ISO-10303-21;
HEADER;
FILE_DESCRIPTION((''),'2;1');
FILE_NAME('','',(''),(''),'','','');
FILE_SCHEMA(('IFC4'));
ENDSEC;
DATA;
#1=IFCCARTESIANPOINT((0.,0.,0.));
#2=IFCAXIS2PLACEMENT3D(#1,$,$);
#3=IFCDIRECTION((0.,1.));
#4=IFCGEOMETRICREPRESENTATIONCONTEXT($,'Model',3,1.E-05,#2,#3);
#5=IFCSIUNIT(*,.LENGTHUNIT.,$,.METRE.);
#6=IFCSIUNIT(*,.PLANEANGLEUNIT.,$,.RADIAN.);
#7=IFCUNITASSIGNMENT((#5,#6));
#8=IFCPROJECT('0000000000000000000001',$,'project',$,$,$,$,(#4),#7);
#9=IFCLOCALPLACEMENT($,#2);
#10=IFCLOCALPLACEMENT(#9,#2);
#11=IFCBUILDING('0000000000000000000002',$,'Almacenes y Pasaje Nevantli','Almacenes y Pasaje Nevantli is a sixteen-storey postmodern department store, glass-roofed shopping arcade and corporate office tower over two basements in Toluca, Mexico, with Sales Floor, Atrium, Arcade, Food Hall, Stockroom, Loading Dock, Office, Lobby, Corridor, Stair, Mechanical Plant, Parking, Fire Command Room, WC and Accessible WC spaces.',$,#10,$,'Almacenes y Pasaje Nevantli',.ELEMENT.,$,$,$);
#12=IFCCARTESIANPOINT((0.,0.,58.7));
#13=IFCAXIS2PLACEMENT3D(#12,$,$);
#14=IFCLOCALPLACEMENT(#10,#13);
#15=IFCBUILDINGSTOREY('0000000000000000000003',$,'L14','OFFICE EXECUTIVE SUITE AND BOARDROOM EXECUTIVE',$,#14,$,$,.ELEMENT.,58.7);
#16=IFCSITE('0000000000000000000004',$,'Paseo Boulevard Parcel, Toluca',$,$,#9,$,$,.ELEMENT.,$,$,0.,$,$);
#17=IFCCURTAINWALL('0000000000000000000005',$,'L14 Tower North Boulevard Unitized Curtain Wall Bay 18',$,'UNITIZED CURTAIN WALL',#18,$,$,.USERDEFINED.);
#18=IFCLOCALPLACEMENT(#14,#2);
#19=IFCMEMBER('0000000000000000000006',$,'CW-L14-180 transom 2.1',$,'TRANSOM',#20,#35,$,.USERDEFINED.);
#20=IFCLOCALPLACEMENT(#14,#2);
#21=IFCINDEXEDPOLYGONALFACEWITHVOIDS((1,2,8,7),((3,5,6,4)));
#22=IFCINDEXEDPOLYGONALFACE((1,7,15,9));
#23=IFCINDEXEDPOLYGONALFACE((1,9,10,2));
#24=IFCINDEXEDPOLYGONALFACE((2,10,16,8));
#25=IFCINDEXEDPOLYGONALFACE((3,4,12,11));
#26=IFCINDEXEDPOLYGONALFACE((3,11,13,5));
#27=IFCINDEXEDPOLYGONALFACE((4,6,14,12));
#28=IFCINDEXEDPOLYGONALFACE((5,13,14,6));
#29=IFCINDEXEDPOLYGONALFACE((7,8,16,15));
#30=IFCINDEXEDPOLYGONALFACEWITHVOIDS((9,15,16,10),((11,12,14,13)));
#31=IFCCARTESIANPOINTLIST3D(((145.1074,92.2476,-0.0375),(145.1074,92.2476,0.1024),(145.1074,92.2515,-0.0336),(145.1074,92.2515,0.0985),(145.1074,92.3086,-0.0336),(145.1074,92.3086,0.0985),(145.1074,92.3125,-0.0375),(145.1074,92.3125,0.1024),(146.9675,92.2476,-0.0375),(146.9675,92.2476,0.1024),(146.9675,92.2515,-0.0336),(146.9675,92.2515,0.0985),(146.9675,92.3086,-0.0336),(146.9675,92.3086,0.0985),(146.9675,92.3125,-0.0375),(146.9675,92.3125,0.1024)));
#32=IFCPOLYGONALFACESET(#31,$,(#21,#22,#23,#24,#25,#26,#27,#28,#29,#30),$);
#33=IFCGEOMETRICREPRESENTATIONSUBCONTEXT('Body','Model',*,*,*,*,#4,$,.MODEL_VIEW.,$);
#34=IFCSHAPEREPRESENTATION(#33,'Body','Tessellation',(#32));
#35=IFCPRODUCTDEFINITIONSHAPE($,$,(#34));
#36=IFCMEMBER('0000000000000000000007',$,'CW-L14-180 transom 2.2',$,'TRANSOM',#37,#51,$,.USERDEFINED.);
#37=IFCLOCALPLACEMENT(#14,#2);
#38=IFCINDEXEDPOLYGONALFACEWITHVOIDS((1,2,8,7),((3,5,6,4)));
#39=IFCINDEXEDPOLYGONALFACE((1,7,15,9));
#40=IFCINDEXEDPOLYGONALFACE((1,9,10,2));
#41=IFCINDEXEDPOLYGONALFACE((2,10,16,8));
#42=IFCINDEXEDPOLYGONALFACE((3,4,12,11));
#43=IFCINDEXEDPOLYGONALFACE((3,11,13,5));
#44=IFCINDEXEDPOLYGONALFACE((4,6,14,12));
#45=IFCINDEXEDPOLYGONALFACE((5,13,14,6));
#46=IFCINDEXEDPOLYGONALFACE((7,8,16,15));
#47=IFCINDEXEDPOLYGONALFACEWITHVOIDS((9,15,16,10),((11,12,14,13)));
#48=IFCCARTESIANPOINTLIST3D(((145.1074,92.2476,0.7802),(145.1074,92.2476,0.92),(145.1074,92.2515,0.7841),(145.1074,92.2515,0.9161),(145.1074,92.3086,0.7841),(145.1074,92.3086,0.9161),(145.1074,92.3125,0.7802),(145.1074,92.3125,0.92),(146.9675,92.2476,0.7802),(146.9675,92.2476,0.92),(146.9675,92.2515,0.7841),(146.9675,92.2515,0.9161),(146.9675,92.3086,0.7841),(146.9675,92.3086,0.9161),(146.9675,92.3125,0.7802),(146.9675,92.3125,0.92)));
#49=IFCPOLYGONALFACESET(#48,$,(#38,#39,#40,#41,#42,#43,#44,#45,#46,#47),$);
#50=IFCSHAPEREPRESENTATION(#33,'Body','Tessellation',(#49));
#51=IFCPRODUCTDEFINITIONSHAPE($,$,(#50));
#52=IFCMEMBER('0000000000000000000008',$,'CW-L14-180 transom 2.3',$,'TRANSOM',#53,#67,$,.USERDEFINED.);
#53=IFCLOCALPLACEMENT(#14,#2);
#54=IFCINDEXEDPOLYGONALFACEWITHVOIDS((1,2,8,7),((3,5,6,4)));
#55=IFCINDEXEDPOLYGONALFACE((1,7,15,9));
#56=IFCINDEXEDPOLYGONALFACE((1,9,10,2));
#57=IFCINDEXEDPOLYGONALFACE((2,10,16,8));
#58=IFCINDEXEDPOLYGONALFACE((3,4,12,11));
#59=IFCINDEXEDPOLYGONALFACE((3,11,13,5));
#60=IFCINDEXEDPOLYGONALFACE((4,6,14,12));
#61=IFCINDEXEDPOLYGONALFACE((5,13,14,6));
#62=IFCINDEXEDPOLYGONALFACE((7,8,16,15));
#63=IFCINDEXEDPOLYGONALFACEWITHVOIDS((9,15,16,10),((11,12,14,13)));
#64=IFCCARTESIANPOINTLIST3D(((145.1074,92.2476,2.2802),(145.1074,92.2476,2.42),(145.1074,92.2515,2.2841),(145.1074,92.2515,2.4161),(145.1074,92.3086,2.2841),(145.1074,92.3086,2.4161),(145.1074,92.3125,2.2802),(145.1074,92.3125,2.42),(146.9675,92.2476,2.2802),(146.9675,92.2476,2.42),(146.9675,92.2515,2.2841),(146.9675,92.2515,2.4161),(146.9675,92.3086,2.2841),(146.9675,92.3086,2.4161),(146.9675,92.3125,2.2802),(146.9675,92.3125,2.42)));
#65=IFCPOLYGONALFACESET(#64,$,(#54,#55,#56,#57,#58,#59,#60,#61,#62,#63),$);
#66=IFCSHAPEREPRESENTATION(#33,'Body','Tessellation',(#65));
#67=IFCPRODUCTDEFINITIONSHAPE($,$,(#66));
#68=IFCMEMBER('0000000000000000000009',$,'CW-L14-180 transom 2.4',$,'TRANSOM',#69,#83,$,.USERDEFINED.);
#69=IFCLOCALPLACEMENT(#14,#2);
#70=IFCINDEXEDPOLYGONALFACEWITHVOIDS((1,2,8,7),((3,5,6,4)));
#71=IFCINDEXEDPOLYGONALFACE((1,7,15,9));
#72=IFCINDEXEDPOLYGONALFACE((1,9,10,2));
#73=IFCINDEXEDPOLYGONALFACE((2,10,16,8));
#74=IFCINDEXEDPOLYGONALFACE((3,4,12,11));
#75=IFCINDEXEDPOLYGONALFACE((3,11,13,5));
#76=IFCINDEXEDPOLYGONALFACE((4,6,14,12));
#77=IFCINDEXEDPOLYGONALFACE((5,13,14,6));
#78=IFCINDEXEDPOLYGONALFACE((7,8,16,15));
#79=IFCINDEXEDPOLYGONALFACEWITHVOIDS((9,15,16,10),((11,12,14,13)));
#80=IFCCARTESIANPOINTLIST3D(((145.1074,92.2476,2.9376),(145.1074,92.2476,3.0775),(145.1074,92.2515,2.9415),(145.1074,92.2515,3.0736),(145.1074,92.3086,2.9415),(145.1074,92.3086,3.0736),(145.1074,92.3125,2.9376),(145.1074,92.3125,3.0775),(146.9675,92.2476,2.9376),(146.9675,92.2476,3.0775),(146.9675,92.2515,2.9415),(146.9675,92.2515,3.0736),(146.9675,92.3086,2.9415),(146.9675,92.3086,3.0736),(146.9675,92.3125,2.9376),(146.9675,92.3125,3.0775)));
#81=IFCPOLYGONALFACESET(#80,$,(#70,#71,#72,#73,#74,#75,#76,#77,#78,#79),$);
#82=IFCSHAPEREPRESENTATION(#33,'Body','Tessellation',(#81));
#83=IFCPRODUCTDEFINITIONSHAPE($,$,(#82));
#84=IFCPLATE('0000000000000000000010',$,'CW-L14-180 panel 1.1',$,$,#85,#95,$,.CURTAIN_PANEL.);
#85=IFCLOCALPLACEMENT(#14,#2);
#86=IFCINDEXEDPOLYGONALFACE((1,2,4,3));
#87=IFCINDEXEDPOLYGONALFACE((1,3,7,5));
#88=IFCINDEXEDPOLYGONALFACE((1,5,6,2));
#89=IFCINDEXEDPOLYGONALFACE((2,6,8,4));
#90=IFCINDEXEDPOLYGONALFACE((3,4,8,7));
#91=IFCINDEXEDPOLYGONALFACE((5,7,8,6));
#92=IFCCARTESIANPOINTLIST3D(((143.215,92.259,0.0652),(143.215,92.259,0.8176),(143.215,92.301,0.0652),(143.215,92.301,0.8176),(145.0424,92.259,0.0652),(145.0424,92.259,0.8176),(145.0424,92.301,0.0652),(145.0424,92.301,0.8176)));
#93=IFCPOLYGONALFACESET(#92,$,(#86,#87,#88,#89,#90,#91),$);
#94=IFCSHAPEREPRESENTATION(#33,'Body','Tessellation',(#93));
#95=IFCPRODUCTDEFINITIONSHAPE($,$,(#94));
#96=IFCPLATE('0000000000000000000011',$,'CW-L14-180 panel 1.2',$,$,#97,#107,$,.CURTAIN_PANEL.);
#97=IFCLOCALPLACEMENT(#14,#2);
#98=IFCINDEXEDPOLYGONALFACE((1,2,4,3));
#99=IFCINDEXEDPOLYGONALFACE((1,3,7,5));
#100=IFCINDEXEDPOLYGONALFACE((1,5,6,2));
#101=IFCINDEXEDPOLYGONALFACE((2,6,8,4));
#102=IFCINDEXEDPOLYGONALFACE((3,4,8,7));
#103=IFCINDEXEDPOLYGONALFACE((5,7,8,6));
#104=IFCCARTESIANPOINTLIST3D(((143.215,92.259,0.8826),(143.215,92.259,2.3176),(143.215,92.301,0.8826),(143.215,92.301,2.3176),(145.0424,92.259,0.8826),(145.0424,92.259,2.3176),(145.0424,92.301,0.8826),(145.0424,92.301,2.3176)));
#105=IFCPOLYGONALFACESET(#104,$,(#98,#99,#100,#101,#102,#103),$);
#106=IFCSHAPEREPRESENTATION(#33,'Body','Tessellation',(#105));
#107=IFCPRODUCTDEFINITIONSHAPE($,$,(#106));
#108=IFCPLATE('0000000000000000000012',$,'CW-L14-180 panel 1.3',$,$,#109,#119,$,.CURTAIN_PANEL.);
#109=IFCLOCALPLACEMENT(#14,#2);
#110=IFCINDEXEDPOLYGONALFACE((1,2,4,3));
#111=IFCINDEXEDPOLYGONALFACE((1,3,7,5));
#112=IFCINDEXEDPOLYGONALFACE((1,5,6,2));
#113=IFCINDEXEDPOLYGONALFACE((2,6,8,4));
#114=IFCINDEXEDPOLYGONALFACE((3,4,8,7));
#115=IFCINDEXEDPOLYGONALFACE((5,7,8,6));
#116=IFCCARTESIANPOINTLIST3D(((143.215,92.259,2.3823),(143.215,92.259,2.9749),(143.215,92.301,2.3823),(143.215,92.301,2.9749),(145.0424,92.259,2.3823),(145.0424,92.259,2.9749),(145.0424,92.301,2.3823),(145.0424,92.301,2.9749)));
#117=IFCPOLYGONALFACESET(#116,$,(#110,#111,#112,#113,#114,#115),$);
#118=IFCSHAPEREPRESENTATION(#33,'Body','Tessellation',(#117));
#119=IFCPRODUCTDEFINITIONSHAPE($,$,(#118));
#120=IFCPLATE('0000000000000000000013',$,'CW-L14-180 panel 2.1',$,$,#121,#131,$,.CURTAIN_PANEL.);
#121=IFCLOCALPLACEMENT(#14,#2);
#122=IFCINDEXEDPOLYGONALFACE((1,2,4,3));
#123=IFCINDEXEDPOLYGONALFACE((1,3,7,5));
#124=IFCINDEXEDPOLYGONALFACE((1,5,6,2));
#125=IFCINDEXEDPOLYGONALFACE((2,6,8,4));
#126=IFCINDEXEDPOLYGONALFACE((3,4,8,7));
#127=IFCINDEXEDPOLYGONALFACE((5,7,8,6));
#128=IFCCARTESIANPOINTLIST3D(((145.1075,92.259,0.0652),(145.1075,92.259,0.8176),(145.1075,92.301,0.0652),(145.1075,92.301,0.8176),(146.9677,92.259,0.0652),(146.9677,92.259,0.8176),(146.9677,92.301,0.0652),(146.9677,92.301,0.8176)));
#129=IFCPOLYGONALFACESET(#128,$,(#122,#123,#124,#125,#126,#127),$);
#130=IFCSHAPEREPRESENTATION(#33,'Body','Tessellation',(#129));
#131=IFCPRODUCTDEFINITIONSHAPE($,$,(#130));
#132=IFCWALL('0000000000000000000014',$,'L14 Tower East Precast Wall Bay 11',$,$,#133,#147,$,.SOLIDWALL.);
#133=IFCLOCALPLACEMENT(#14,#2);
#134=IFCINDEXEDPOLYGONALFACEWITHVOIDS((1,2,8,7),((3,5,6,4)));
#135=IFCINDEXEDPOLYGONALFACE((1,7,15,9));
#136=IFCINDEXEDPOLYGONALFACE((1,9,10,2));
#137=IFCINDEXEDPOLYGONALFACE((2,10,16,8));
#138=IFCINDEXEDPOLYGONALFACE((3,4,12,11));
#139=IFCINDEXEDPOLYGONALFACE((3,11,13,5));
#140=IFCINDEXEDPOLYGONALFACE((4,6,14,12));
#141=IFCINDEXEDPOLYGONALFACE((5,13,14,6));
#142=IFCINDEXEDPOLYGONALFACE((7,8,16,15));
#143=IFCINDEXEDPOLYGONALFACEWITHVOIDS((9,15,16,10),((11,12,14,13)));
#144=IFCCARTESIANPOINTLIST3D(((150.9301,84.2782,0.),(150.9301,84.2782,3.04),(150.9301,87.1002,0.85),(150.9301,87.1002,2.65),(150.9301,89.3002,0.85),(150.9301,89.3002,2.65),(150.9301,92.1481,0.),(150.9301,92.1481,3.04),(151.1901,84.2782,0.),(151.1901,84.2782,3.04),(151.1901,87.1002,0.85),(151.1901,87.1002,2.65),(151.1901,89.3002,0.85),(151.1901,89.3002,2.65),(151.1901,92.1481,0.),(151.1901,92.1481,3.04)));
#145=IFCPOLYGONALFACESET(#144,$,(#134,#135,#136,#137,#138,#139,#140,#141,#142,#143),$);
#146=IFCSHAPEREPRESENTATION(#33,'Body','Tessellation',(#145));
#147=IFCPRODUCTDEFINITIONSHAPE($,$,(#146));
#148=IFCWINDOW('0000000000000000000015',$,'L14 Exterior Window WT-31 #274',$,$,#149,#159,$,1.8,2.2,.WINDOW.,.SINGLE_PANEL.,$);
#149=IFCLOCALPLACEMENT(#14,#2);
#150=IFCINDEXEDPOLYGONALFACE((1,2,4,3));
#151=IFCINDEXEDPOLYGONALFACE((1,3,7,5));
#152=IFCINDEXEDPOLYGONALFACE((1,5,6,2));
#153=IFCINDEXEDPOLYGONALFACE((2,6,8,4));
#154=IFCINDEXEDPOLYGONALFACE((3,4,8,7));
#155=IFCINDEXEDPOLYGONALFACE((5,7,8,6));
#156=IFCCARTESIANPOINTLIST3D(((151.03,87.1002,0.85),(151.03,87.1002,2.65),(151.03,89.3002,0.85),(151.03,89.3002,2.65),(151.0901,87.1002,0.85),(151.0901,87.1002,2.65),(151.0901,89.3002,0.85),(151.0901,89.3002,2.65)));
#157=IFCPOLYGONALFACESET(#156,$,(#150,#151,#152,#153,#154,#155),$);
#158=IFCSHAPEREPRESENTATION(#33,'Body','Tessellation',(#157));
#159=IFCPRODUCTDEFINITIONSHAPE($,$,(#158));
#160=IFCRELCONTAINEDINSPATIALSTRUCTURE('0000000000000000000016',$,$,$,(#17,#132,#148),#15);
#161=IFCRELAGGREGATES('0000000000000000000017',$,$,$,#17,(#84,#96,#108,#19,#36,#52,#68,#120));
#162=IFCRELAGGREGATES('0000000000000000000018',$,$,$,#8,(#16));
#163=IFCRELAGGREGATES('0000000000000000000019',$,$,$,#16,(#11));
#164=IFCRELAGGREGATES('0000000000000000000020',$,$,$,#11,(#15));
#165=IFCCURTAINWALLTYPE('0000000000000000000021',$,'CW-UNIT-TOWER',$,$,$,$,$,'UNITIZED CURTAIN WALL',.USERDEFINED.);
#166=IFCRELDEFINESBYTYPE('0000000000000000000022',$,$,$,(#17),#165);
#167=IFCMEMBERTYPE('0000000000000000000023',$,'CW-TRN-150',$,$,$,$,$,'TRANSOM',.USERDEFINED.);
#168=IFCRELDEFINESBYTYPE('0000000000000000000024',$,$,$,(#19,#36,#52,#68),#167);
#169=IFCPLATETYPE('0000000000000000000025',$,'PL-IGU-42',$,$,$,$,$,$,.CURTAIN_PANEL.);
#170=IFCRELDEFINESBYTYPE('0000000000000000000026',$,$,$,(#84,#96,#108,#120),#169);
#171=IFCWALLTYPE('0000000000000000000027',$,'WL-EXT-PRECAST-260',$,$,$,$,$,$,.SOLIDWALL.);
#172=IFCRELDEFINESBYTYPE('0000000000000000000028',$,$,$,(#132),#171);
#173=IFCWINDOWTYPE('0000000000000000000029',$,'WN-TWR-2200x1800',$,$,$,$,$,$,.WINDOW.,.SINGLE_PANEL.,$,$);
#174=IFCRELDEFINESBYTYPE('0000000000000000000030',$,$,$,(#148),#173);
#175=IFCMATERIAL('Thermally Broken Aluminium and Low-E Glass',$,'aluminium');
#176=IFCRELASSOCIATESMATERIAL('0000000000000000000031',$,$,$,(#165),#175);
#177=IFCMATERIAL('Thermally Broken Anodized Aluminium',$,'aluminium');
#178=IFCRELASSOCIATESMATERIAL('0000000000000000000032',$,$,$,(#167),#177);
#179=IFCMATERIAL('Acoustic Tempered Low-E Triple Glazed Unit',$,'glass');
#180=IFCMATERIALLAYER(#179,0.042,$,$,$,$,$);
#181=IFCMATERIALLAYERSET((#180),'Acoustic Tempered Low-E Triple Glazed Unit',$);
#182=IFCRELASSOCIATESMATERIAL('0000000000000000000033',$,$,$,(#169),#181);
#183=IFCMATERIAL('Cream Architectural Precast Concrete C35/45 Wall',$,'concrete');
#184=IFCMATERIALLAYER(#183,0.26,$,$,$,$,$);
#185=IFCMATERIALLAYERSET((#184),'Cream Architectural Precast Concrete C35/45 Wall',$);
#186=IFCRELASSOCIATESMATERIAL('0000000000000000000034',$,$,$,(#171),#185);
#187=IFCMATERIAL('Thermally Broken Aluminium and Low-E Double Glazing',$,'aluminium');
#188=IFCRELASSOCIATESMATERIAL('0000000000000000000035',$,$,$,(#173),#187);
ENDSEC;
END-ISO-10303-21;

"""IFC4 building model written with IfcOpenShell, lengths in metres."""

from ifc_helpers import new_model, si_unit, direction, frame, frame_2d, origin, origin_2d, place, context, subcontext, project, spatial, rectangle, hollow_rectangle, extrude, material, layer, layer_set, material_profile, profile_set, type_object, element, fill, aggregate, save


model = new_model("IFC4")

# Units and contexts
model_context = context("Model", 3, precision=1e-05, world=origin(), true_north=direction((0.0, 1.0)))
body_context = subcontext(model_context, "Body", "Model", "MODEL_VIEW")
ifc_project = project(units=[si_unit("LENGTHUNIT", "METRE"), si_unit("PLANEANGLEUNIT", "RADIAN")], contexts=[model_context])

# Site, building, storey
site_placement = place(None, origin())
site = spatial("IfcSite", under=ifc_project, at=site_placement, Name="Paseo Boulevard Parcel, Toluca", CompositionType="ELEMENT", RefElevation=0.0)
building_placement = place(site_placement, origin())
building = spatial("IfcBuilding", under=site, at=building_placement, Name="Almacenes y Pasaje Nevantli", Description="Almacenes y Pasaje Nevantli is a sixteen-storey postmodern department store, glass-roofed shopping arcade and corporate office tower over two basements in Toluca, Mexico, with Sales Floor, Atrium, Arcade, Food Hall, Stockroom, Loading Dock, Office, Lobby, Corridor, Stair, Mechanical Plant, Parking, Fire Command Room, WC and Accessible WC spaces.", LongName="Almacenes y Pasaje Nevantli", CompositionType="ELEMENT")
storey_placement = place(building_placement, frame((0.0, 0.0, 58.7)))
storey = spatial("IfcBuildingStorey", under=building, at=storey_placement, Name="L14", Description="OFFICE EXECUTIVE SUITE AND BOARDROOM EXECUTIVE", CompositionType="ELEMENT", Elevation=58.7)

# Curtain wall, members, plates
ifc_material_1 = material(Name="Thermally Broken Aluminium and Low-E Glass", Category="aluminium")
curtain_wall_type = type_object("IfcCurtainWallType", Name="CW-UNIT-TOWER", ElementType="UNITIZED CURTAIN WALL", PredefinedType="USERDEFINED", material=ifc_material_1)
curtain_wall_placement = place(storey_placement, origin())
curtain_wall = element("IfcCurtainWall", 1, at=curtain_wall_placement, inside=storey, type_object=curtain_wall_type, Name="L14 Tower North Boulevard Unitized Curtain Wall Bay 18", ObjectType="UNITIZED CURTAIN WALL", PredefinedType="USERDEFINED")
ifc_material_2 = material(Name="Thermally Broken Anodized Aluminium", Category="aluminium")
ifc_material_profile_1 = material_profile(ifc_material_2, hollow_rectangle(XDim=0.0649, YDim=0.1399, WallThickness=0.0039, at=origin_2d()), Name="ALU-TRN-65x140")
ifc_profile_set_1 = profile_set([ifc_material_profile_1], Name="Thermally Broken Anodized Aluminium")
member_type_1 = type_object("IfcMemberType", Name="CW-TRN-150", ElementType="TRANSOM", PredefinedType="USERDEFINED", material=ifc_profile_set_1)
member_1_placement = place(storey_placement, frame((145.1074, 92.28, 0.0325), z_axis=(1.0, 0.0, 0.0), x_axis=(0.0, 1.0, 0.0)))
member_1 = element("IfcMember", 2, at=member_1_placement, type_object=member_type_1, Name="CW-L14-180 transom 2.1", ObjectType="TRANSOM", PredefinedType="USERDEFINED", context=body_context, shape_type="SweptSolid", body=[
    extrude(hollow_rectangle(XDim=0.0649, YDim=0.1399, WallThickness=0.0039, at=origin_2d()), origin(), (0.0, 0.0, 1.0), 1.8601),
])
member_2_placement = place(storey_placement, frame((145.1074, 92.28, 0.8501), z_axis=(1.0, 0.0, 0.0), x_axis=(0.0, 1.0, 0.0)))
member_2 = element("IfcMember", 3, at=member_2_placement, type_object=member_type_1, Name="CW-L14-180 transom 2.2", ObjectType="TRANSOM", PredefinedType="USERDEFINED", context=body_context, shape_type="SweptSolid", body=[
    extrude(hollow_rectangle(XDim=0.0649, YDim=0.1399, WallThickness=0.0039, at=origin_2d()), origin(), (0.0, 0.0, 1.0), 1.8601),
])
member_3_placement = place(storey_placement, frame((145.1074, 92.28, 2.3501), z_axis=(1.0, 0.0, 0.0), x_axis=(0.0, 1.0, 0.0)))
member_3 = element("IfcMember", 4, at=member_3_placement, type_object=member_type_1, Name="CW-L14-180 transom 2.3", ObjectType="TRANSOM", PredefinedType="USERDEFINED", context=body_context, shape_type="SweptSolid", body=[
    extrude(hollow_rectangle(XDim=0.0649, YDim=0.1399, WallThickness=0.0039, at=origin_2d()), origin(), (0.0, 0.0, 1.0), 1.8601),
])
member_4_placement = place(storey_placement, frame((145.1074, 92.28, 3.0076), z_axis=(1.0, 0.0, 0.0), x_axis=(0.0, 1.0, 0.0)))
member_4 = element("IfcMember", 5, at=member_4_placement, type_object=member_type_1, Name="CW-L14-180 transom 2.4", ObjectType="TRANSOM", PredefinedType="USERDEFINED", context=body_context, shape_type="SweptSolid", body=[
    extrude(hollow_rectangle(XDim=0.0649, YDim=0.1399, WallThickness=0.0039, at=origin_2d()), origin(), (0.0, 0.0, 1.0), 1.8601),
])
ifc_material_3 = material(Name="Acoustic Tempered Low-E Triple Glazed Unit", Category="glass")
ifc_layer_1 = layer(ifc_material_3, 0.042)
ifc_layer_set_1 = layer_set([ifc_layer_1], Name="Acoustic Tempered Low-E Triple Glazed Unit")
plate_type = type_object("IfcPlateType", Name="PL-IGU-42", PredefinedType="CURTAIN_PANEL", material=ifc_layer_set_1)
plate_1_placement = place(storey_placement, frame((144.1287, 92.28, 0.0652), z_axis=(0.0, 0.0, 1.0), x_axis=(1.0, 0.0, 0.0)))
plate_1 = element("IfcPlate", 6, at=plate_1_placement, type_object=plate_type, Name="CW-L14-180 panel 1.1", PredefinedType="CURTAIN_PANEL", context=body_context, shape_type="SweptSolid", body=[
    extrude(rectangle(XDim=1.8274, YDim=0.042, at=origin_2d()), origin(), (0.0, 0.0, 1.0), 0.7524),
])
plate_2_placement = place(storey_placement, frame((144.1287, 92.28, 0.8826), z_axis=(0.0, 0.0, 1.0), x_axis=(1.0, 0.0, 0.0)))
plate_2 = element("IfcPlate", 7, at=plate_2_placement, type_object=plate_type, Name="CW-L14-180 panel 1.2", PredefinedType="CURTAIN_PANEL", context=body_context, shape_type="SweptSolid", body=[
    extrude(rectangle(XDim=1.8274, YDim=0.042, at=origin_2d()), origin(), (0.0, 0.0, 1.0), 1.4351),
])
plate_3_placement = place(storey_placement, frame((144.1287, 92.28, 2.3823), z_axis=(0.0, 0.0, 1.0), x_axis=(1.0, 0.0, 0.0)))
plate_3 = element("IfcPlate", 8, at=plate_3_placement, type_object=plate_type, Name="CW-L14-180 panel 1.3", PredefinedType="CURTAIN_PANEL", context=body_context, shape_type="SweptSolid", body=[
    extrude(rectangle(XDim=1.8274, YDim=0.042, at=origin_2d()), origin(), (0.0, 0.0, 1.0), 0.5925),
])
plate_4_placement = place(storey_placement, frame((146.0376, 92.28, 0.0652), z_axis=(0.0, 0.0, 1.0), x_axis=(1.0, 0.0, 0.0)))
plate_4 = element("IfcPlate", 9, at=plate_4_placement, type_object=plate_type, Name="CW-L14-180 panel 2.1", PredefinedType="CURTAIN_PANEL", context=body_context, shape_type="SweptSolid", body=[
    extrude(rectangle(XDim=1.8601, YDim=0.042, at=origin_2d()), origin(), (0.0, 0.0, 1.0), 0.7524),
])
aggregate(curtain_wall, [plate_1, plate_2, plate_3, member_1, member_2, member_3, member_4, plate_4])

# Wall, opening, window
ifc_material_4 = material(Name="Cream Architectural Precast Concrete C35/45 Wall", Category="concrete")
ifc_layer_2 = layer(ifc_material_4, 0.26)
ifc_layer_set_2 = layer_set([ifc_layer_2], Name="Cream Architectural Precast Concrete C35/45 Wall")
wall_type = type_object("IfcWallType", Name="WL-EXT-PRECAST-260", PredefinedType="SOLIDWALL", material=ifc_layer_set_2)
wall_placement = place(storey_placement, frame((151.0601, 84.2781, 0.0), z_axis=(0.0, 0.0, 1.0), x_axis=(0.0, 1.0, 0.0)))
wall = element("IfcWall", 10, at=wall_placement, inside=storey, type_object=wall_type, Name="L14 Tower East Precast Wall Bay 11", PredefinedType="SOLIDWALL", context=body_context, shape_type="SweptSolid", body=[
    extrude(rectangle(XDim=7.8699, YDim=0.26, at=frame_2d((3.9351, 0.0))), origin(), (0.0, 0.0, 1.0), 3.04),
])
opening_placement = place(wall_placement, frame((2.822, 0.0, 0.8501)))
opening = element("IfcOpeningElement", 11, at=opening_placement, cuts=wall, PredefinedType="OPENING", context=body_context, shape_type="SweptSolid", body=[
    extrude(rectangle(XDim=2.2, YDim=1.8, at=frame_2d((1.1001, 0.8999))), frame((0.0, 0.1399, 0.0), z_axis=(0.0, -1.0, 0.0), x_axis=(1.0, 0.0, 0.0)), (0.0, 0.0, 1.0), 0.28),
])
ifc_material_5 = material(Name="Thermally Broken Aluminium and Low-E Double Glazing", Category="aluminium")
window_type = type_object("IfcWindowType", Name="WN-TWR-2200x1800", PartitioningType="SINGLE_PANEL", PredefinedType="WINDOW", material=ifc_material_5)
window_placement = place(opening_placement, origin())
window = element("IfcWindow", 12, at=window_placement, inside=storey, type_object=window_type, Name="L14 Exterior Window WT-31 #274", OverallHeight=1.8, OverallWidth=2.2, PartitioningType="SINGLE_PANEL", PredefinedType="WINDOW", context=body_context, shape_type="SweptSolid", body=[
    extrude(rectangle(XDim=2.2, YDim=1.8, at=frame_2d((1.1001, 0.8999))), frame((0.0, 0.03, 0.0), z_axis=(0.0, -1.0, 0.0), x_axis=(1.0, 0.0, 0.0)), (0.0, 0.0, 1.0), 0.0601),
])
fill(opening, window)

save(model, "model.ifc")
